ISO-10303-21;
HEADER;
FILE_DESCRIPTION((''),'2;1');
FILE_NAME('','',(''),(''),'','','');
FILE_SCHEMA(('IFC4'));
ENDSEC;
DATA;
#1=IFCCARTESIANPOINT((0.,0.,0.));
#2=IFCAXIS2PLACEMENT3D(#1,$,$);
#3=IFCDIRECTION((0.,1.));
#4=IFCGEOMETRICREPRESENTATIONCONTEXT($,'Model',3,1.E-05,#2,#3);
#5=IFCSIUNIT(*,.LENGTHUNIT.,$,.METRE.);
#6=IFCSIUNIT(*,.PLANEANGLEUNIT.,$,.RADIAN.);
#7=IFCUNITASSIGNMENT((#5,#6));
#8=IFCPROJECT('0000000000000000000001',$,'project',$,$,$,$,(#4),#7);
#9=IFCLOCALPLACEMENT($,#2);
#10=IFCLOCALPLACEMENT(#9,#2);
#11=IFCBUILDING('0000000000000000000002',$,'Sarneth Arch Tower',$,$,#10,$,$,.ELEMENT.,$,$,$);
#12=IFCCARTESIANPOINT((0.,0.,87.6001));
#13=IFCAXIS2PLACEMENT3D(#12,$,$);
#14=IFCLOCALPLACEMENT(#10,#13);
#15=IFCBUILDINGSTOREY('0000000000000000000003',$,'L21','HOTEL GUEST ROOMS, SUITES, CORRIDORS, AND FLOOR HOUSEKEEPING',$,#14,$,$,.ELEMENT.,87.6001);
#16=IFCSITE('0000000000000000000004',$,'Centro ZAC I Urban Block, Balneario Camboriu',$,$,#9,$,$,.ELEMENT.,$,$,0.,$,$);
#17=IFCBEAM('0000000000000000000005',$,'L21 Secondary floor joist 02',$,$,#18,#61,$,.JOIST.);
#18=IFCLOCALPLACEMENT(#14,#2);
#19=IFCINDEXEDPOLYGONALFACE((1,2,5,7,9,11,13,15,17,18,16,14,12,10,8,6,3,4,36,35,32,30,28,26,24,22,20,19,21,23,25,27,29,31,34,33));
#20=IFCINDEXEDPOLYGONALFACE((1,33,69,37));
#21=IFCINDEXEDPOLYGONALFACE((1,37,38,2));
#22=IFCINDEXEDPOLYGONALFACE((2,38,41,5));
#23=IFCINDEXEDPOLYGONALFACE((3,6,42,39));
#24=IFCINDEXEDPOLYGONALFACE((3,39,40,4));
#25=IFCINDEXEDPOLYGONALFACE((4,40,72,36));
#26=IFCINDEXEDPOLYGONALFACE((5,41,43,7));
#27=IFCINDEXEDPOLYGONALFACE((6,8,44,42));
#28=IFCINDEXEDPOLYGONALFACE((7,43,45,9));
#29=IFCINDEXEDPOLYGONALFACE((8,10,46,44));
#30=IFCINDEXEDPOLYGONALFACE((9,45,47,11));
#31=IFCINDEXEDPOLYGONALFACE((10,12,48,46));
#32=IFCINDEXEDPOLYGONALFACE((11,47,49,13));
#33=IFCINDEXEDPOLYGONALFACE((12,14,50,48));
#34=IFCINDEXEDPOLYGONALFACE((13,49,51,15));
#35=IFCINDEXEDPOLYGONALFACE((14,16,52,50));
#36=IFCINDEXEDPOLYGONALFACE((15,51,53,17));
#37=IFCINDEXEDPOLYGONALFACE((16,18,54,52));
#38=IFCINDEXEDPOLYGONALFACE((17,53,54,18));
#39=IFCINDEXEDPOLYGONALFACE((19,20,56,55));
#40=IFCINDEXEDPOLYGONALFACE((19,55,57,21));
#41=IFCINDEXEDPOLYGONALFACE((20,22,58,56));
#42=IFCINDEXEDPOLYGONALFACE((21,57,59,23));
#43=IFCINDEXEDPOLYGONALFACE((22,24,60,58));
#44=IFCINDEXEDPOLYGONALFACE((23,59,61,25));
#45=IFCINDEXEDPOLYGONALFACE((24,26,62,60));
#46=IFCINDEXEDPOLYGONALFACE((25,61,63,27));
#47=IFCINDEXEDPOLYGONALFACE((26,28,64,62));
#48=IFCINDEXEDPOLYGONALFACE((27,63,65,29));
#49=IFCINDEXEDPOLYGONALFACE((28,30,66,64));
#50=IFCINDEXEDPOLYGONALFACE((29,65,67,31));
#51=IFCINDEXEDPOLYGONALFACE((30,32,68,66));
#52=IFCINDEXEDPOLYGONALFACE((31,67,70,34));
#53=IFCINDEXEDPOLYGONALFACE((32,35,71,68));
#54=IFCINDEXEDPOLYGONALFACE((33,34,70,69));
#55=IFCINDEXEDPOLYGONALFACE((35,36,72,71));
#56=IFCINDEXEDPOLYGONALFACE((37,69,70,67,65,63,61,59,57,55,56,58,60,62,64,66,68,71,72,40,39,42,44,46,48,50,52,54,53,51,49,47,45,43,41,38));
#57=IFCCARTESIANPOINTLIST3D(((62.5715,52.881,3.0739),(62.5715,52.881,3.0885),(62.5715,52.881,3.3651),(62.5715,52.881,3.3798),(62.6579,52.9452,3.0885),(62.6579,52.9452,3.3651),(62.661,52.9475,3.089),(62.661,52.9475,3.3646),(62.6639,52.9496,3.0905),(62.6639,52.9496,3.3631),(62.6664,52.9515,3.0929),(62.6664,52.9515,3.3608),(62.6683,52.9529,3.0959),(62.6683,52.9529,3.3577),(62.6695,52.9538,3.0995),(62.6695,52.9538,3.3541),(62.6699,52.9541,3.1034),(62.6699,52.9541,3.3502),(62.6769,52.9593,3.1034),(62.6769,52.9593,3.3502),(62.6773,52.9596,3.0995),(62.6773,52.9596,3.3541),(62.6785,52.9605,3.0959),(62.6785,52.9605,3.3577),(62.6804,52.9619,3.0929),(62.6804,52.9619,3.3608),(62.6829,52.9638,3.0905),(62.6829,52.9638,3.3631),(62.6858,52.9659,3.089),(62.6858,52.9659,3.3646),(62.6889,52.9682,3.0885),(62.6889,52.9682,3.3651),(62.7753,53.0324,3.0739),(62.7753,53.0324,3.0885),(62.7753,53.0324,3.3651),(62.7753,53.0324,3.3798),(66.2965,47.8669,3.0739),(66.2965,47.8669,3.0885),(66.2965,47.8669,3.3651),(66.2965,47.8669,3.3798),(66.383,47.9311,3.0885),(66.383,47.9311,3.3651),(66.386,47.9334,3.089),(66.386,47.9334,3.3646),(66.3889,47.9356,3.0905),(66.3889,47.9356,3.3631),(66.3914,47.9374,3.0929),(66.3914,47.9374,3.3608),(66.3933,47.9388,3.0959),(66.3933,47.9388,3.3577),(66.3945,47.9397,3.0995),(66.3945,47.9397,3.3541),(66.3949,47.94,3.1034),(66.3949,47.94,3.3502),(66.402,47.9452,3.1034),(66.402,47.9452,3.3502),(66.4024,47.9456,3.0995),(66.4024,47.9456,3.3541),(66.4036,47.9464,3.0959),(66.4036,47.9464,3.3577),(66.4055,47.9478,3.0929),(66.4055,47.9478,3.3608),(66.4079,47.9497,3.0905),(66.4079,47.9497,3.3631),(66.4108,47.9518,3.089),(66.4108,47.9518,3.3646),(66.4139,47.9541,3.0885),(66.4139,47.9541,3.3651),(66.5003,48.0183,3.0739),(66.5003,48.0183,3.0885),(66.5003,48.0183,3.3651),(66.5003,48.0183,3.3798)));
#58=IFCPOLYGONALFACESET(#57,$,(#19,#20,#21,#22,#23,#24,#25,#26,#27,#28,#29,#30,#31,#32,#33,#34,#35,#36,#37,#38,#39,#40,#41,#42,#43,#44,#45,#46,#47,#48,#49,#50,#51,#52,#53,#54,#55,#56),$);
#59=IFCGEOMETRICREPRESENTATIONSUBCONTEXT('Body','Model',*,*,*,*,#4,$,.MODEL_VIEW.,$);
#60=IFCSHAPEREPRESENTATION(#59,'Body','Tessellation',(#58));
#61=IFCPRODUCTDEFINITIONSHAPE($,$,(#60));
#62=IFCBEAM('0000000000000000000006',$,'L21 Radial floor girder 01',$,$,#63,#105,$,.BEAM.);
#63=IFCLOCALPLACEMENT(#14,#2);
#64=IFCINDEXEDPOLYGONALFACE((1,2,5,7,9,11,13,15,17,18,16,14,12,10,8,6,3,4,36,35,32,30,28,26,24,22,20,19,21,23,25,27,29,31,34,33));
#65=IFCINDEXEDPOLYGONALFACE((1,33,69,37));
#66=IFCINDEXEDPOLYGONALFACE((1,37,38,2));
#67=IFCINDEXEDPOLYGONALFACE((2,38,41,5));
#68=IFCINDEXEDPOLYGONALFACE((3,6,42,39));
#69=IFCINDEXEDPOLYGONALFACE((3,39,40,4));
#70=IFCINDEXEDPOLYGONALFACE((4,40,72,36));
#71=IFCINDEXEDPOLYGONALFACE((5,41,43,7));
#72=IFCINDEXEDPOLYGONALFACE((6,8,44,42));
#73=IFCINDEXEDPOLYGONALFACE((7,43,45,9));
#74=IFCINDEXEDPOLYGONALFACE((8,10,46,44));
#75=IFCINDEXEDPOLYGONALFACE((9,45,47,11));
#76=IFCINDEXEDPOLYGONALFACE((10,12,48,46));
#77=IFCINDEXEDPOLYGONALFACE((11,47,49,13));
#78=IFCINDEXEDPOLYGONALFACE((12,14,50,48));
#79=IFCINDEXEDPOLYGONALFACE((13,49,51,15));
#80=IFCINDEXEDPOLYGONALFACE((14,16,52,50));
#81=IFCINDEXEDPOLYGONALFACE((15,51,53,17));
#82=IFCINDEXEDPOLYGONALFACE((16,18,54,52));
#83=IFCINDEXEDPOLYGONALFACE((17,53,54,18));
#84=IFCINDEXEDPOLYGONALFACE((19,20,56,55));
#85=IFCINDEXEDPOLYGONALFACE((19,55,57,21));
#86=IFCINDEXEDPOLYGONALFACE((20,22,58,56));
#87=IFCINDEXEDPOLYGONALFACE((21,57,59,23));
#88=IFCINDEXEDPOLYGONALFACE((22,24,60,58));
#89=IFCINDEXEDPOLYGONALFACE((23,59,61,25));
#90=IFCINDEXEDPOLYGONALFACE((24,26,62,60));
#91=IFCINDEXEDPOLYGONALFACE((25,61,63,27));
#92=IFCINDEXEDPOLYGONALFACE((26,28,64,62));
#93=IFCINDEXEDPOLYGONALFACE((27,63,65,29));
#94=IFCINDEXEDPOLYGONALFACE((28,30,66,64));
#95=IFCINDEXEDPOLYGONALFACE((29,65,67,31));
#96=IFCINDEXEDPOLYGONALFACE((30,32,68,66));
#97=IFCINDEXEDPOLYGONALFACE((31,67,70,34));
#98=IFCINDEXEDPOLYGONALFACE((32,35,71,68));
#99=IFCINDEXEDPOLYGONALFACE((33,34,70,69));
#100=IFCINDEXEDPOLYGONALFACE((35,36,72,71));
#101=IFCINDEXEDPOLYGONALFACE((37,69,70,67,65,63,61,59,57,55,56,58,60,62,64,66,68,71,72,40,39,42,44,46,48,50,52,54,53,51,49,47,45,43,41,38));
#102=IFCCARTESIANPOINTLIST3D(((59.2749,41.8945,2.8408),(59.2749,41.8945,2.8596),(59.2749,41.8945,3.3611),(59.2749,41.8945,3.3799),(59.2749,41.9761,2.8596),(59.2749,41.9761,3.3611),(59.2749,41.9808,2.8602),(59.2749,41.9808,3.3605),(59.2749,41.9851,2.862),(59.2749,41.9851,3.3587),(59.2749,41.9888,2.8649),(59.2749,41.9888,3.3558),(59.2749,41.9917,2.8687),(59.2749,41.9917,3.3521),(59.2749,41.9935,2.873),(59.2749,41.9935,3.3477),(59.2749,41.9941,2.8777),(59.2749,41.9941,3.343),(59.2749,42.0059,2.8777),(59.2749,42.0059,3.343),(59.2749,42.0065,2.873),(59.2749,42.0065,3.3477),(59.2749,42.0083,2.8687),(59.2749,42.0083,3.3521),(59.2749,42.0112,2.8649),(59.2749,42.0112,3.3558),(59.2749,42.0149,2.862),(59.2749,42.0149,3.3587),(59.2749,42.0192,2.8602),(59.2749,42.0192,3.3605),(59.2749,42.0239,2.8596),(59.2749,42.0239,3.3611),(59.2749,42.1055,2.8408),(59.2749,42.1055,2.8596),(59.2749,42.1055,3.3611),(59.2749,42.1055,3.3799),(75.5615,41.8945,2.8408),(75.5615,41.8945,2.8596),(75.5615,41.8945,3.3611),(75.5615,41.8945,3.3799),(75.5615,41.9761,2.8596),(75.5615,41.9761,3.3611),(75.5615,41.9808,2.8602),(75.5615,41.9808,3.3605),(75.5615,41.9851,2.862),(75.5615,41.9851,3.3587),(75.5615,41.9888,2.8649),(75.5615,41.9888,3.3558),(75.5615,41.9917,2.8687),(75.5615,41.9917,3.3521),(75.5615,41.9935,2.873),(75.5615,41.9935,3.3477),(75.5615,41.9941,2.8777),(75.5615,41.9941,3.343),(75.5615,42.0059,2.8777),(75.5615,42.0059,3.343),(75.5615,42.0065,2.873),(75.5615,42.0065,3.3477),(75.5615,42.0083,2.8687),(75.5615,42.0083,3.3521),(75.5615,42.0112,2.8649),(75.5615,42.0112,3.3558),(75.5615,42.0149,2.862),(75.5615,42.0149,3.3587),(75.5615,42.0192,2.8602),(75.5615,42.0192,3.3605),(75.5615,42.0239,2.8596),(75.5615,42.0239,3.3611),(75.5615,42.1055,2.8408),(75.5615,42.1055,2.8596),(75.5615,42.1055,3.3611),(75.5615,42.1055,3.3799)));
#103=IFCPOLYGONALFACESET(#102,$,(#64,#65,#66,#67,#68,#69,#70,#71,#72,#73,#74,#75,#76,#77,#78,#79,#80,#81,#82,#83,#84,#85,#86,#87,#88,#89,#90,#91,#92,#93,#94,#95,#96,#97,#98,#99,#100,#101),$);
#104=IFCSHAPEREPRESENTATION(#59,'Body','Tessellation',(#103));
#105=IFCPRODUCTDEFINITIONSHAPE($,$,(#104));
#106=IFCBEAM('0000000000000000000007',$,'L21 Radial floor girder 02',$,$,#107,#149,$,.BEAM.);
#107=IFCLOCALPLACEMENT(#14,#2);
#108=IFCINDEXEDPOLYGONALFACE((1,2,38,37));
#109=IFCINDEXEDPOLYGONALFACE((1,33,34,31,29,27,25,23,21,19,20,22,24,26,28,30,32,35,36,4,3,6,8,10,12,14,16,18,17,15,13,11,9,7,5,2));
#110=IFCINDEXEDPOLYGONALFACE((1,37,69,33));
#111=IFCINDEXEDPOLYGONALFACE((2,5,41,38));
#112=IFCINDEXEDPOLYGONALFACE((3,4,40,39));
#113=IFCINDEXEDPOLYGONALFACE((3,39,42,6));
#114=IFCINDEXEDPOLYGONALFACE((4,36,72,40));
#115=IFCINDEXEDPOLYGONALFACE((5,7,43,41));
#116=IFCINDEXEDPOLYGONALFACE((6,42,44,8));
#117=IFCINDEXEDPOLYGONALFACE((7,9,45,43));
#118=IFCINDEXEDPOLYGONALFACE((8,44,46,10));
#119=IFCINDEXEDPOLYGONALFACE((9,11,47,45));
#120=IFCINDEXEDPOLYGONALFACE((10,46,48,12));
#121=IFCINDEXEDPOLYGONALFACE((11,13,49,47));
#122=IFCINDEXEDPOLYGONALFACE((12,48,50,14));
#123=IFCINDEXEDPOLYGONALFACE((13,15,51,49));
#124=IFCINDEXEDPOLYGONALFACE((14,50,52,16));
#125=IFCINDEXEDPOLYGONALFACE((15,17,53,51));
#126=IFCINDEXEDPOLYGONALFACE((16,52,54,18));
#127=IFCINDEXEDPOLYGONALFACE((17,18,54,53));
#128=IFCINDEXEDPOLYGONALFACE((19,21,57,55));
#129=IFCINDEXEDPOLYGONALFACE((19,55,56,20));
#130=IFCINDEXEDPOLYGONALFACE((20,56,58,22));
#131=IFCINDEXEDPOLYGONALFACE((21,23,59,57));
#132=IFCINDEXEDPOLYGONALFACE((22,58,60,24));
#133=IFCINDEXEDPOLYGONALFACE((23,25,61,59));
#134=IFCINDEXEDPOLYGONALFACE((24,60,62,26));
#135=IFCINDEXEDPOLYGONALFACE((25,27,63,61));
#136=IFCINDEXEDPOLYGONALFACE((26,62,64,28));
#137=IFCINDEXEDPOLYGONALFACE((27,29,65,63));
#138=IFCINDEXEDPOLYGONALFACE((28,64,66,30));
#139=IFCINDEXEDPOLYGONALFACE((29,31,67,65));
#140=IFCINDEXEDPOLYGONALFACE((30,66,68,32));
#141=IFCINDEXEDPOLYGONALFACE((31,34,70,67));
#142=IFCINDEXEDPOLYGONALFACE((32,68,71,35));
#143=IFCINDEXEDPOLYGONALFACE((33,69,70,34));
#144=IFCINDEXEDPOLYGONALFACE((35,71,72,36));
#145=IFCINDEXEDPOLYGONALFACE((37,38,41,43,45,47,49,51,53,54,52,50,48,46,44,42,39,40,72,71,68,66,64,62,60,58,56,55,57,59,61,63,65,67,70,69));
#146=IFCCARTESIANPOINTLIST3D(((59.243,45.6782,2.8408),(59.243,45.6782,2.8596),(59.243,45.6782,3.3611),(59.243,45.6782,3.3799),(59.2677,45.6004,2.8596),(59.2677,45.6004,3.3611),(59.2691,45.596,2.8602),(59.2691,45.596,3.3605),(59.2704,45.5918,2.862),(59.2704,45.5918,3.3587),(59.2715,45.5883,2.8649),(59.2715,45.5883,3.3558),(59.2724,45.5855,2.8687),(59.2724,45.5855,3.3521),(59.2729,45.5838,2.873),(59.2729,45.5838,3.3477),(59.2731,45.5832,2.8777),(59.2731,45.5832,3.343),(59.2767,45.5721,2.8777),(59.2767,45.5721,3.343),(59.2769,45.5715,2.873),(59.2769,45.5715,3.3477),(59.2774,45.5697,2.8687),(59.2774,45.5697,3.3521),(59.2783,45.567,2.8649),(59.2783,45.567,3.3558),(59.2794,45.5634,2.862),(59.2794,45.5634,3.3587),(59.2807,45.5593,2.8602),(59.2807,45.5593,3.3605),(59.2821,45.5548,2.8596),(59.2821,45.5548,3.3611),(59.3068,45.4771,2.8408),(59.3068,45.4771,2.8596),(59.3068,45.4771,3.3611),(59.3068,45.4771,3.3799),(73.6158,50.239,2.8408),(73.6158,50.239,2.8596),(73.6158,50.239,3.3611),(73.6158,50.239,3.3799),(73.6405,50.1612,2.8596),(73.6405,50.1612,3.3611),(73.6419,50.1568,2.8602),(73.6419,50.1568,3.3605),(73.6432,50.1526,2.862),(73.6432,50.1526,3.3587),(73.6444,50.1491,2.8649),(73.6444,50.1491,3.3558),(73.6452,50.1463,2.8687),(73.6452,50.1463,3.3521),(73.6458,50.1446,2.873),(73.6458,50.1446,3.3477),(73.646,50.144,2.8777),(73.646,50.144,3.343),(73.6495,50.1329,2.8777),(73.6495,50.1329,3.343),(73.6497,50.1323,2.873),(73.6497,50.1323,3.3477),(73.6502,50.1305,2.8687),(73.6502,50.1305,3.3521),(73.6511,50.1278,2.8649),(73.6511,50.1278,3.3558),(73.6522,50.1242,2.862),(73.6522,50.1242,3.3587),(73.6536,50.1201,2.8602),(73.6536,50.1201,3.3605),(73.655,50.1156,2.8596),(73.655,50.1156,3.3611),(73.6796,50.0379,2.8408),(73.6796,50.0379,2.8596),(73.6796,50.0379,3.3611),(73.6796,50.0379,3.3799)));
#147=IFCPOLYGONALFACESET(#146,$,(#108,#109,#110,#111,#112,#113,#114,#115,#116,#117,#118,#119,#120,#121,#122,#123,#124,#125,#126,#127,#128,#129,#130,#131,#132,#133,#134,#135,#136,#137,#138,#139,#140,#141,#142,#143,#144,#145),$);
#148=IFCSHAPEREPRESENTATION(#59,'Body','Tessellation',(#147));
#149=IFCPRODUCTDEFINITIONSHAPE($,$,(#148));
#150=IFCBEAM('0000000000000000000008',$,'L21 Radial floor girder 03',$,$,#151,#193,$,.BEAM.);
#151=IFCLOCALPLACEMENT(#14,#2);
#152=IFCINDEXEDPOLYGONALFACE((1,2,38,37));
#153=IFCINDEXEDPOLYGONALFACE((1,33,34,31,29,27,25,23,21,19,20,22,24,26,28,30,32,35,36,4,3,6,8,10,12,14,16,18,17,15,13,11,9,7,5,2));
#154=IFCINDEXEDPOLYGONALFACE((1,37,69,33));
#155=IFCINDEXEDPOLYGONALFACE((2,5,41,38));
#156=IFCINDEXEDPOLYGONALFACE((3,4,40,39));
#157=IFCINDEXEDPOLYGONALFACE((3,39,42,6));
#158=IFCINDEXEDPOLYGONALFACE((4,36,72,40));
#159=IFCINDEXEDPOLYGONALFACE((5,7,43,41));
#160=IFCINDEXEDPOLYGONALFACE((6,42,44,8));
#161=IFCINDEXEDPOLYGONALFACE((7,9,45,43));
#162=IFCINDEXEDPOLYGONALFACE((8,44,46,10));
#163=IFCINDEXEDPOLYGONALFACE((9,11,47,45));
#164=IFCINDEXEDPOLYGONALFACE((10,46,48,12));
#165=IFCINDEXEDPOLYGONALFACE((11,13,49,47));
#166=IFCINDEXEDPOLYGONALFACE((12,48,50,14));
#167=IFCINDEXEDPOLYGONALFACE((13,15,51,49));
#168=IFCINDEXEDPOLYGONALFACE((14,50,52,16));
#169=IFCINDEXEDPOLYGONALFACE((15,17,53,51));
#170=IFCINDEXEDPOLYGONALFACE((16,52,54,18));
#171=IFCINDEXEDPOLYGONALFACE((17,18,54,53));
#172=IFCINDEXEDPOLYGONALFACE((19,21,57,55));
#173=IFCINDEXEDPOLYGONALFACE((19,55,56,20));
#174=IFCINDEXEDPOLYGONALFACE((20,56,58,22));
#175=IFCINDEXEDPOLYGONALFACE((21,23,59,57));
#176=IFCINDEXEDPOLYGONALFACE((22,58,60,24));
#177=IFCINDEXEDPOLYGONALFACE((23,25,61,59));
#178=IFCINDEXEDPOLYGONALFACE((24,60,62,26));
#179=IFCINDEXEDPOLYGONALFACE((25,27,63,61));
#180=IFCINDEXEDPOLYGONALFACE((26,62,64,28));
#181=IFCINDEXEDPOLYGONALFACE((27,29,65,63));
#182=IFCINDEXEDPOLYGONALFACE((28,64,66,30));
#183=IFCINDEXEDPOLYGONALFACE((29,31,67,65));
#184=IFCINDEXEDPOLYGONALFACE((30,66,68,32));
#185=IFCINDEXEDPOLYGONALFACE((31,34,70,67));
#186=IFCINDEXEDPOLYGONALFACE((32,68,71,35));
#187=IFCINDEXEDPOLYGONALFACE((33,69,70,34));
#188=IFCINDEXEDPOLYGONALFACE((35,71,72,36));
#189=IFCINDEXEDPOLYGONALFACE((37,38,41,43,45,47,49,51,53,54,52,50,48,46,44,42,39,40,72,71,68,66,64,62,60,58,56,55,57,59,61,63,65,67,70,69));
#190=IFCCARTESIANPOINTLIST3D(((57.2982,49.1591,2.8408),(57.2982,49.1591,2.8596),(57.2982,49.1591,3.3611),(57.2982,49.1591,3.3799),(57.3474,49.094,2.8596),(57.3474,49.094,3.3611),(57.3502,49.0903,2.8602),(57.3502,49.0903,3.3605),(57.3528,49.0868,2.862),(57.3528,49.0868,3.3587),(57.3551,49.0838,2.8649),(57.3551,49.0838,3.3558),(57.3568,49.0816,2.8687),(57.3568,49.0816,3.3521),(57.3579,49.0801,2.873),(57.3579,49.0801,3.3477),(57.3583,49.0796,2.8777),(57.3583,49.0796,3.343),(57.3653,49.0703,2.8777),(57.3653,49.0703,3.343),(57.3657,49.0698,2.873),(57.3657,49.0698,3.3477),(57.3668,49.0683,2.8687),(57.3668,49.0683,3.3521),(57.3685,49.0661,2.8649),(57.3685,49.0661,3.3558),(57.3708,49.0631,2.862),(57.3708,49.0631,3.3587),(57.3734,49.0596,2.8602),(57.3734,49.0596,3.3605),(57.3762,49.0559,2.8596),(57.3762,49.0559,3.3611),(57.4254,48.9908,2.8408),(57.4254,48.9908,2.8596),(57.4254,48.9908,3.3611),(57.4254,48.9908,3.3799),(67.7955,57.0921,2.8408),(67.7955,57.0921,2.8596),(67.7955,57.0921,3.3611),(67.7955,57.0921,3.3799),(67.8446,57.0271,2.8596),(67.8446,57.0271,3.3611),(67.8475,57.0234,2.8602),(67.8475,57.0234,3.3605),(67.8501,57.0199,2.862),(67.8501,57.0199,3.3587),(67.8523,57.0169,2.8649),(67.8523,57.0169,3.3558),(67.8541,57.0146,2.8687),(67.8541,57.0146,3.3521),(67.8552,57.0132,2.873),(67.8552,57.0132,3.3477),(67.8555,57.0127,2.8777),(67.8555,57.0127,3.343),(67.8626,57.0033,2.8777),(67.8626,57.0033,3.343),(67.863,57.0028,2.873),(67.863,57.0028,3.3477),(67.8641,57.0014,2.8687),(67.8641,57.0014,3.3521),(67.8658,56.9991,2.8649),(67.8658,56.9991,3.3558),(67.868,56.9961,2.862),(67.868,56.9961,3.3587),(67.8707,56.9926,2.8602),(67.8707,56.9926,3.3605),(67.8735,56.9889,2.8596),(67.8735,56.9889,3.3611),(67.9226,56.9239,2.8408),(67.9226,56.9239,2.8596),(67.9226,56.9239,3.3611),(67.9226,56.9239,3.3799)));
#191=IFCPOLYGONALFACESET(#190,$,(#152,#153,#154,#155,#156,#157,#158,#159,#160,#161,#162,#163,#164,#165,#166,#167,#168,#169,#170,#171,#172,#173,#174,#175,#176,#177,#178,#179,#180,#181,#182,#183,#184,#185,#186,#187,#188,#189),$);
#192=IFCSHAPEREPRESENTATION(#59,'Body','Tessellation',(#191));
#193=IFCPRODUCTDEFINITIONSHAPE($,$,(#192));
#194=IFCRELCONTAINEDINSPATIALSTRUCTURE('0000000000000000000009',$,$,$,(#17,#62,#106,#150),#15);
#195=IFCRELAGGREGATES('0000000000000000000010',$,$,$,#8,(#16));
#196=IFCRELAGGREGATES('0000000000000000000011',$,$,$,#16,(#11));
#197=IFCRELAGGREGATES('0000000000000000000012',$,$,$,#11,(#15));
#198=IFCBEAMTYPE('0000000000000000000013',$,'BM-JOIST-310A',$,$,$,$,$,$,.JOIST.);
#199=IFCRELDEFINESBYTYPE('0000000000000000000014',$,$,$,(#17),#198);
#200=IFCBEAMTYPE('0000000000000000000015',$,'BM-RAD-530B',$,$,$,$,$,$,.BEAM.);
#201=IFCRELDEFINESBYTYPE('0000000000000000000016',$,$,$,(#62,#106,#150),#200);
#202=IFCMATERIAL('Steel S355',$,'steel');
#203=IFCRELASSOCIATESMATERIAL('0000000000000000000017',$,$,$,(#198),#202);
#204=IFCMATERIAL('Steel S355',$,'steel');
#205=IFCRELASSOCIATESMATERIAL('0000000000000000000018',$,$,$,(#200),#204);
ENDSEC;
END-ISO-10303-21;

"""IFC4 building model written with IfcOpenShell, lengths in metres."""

from ifc_helpers import new_model, si_unit, direction, frame, origin, origin_2d, place, context, subcontext, project, spatial, i_section, extrude, material, material_profile, profile_set, type_object, element, save


model = new_model("IFC4")

# Units and contexts
model_context = context("Model", 3, precision=1e-05, world=origin(), true_north=direction((0.0, 1.0)))
body_context = subcontext(model_context, "Body", "Model", "MODEL_VIEW")
ifc_project = project(units=[si_unit("LENGTHUNIT", "METRE"), si_unit("PLANEANGLEUNIT", "RADIAN")], contexts=[model_context])

# Site, building, storey
site_placement = place(None, origin())
site = spatial("IfcSite", under=ifc_project, at=site_placement, Name="Centro ZAC I Urban Block, Balneario Camboriu", CompositionType="ELEMENT", RefElevation=0.0)
building_placement = place(site_placement, origin())
building = spatial("IfcBuilding", under=site, at=building_placement, Name="Sarneth Arch Tower", CompositionType="ELEMENT")
storey_placement = place(building_placement, frame((0.0, 0.0, 87.6001)))
storey = spatial("IfcBuildingStorey", under=building, at=storey_placement, Name="L21", Description="HOTEL GUEST ROOMS, SUITES, CORRIDORS, AND FLOOR HOUSEKEEPING", CompositionType="ELEMENT", Elevation=87.6001)

# Beams
ifc_material_1 = material(Name="Steel S355", Category="steel")
ifc_material_profile_1 = material_profile(ifc_material_1, i_section(OverallWidth=0.2539, OverallDepth=0.3059, WebThickness=0.0088, FlangeThickness=0.0146, FilletRadius=0.0149, at=origin_2d()), Name="W310x79")
ifc_profile_set_1 = profile_set([ifc_material_profile_1], Name="Steel S355")
beam_type_1 = type_object("IfcBeamType", Name="BM-JOIST-310A", PredefinedType="JOIST", material=ifc_profile_set_1)
beam_1_placement = place(storey_placement, frame((66.3984, 47.9426, 3.2268), z_axis=(-0.596354, 0.802721, 0.0), x_axis=(-0.802721, -0.596354, 0.0)))
element("IfcBeam", 1, at=beam_1_placement, inside=storey, type_object=beam_type_1, Name="L21 Secondary floor joist 02", PredefinedType="JOIST", context=body_context, shape_type="SweptSolid", body=[
    extrude(i_section(OverallWidth=0.2539, OverallDepth=0.3059, WebThickness=0.0088, FlangeThickness=0.0146, FilletRadius=0.0149, at=origin_2d()), origin(), (0.0, 0.0, 1.0), 6.2463),
])
ifc_material_2 = material(Name="Steel S355", Category="steel")
ifc_material_profile_2 = material_profile(ifc_material_2, i_section(OverallWidth=0.2109, OverallDepth=0.5391, WebThickness=0.0117, FlangeThickness=0.0188, FilletRadius=0.0181, at=origin_2d()), Name="W530x109")
ifc_profile_set_2 = profile_set([ifc_material_profile_2], Name="Steel S355")
beam_type_2 = type_object("IfcBeamType", Name="BM-RAD-530B", PredefinedType="BEAM", material=ifc_profile_set_2)
beam_2_placement = place(storey_placement, frame((59.2749, 42.0, 3.1104), z_axis=(1.0, 0.0, 0.0), x_axis=(0.0, 1.0, 0.0)))
element("IfcBeam", 2, at=beam_2_placement, inside=storey, type_object=beam_type_2, Name="L21 Radial floor girder 01", PredefinedType="BEAM", context=body_context, shape_type="SweptSolid", body=[
    extrude(i_section(OverallWidth=0.2109, OverallDepth=0.5391, WebThickness=0.0117, FlangeThickness=0.0188, FilletRadius=0.0181, at=origin_2d()), origin(), (0.0, 0.0, 1.0), 16.2866),
])
beam_3_placement = place(storey_placement, frame((59.2749, 45.5776, 3.1104), z_axis=(0.953163, 0.302458, 0.0), x_axis=(-0.302458, 0.953163, 0.0)))
element("IfcBeam", 3, at=beam_3_placement, inside=storey, type_object=beam_type_2, Name="L21 Radial floor girder 02", PredefinedType="BEAM", context=body_context, shape_type="SweptSolid", body=[
    extrude(i_section(OverallWidth=0.2109, OverallDepth=0.5391, WebThickness=0.0117, FlangeThickness=0.0188, FilletRadius=0.0181, at=origin_2d()), origin(), (0.0, 0.0, 1.0), 15.0791),
])
beam_4_placement = place(storey_placement, frame((57.3618, 49.075, 3.1104), z_axis=(0.797801, 0.60292, 0.0), x_axis=(-0.60292, 0.797801, 0.0)))
element("IfcBeam", 4, at=beam_4_placement, inside=storey, type_object=beam_type_2, Name="L21 Radial floor girder 03", PredefinedType="BEAM", context=body_context, shape_type="SweptSolid", body=[
    extrude(i_section(OverallWidth=0.2109, OverallDepth=0.5391, WebThickness=0.0117, FlangeThickness=0.0188, FilletRadius=0.0181, at=origin_2d()), origin(), (0.0, 0.0, 1.0), 13.1577),
])

save(model, "model.ifc")
